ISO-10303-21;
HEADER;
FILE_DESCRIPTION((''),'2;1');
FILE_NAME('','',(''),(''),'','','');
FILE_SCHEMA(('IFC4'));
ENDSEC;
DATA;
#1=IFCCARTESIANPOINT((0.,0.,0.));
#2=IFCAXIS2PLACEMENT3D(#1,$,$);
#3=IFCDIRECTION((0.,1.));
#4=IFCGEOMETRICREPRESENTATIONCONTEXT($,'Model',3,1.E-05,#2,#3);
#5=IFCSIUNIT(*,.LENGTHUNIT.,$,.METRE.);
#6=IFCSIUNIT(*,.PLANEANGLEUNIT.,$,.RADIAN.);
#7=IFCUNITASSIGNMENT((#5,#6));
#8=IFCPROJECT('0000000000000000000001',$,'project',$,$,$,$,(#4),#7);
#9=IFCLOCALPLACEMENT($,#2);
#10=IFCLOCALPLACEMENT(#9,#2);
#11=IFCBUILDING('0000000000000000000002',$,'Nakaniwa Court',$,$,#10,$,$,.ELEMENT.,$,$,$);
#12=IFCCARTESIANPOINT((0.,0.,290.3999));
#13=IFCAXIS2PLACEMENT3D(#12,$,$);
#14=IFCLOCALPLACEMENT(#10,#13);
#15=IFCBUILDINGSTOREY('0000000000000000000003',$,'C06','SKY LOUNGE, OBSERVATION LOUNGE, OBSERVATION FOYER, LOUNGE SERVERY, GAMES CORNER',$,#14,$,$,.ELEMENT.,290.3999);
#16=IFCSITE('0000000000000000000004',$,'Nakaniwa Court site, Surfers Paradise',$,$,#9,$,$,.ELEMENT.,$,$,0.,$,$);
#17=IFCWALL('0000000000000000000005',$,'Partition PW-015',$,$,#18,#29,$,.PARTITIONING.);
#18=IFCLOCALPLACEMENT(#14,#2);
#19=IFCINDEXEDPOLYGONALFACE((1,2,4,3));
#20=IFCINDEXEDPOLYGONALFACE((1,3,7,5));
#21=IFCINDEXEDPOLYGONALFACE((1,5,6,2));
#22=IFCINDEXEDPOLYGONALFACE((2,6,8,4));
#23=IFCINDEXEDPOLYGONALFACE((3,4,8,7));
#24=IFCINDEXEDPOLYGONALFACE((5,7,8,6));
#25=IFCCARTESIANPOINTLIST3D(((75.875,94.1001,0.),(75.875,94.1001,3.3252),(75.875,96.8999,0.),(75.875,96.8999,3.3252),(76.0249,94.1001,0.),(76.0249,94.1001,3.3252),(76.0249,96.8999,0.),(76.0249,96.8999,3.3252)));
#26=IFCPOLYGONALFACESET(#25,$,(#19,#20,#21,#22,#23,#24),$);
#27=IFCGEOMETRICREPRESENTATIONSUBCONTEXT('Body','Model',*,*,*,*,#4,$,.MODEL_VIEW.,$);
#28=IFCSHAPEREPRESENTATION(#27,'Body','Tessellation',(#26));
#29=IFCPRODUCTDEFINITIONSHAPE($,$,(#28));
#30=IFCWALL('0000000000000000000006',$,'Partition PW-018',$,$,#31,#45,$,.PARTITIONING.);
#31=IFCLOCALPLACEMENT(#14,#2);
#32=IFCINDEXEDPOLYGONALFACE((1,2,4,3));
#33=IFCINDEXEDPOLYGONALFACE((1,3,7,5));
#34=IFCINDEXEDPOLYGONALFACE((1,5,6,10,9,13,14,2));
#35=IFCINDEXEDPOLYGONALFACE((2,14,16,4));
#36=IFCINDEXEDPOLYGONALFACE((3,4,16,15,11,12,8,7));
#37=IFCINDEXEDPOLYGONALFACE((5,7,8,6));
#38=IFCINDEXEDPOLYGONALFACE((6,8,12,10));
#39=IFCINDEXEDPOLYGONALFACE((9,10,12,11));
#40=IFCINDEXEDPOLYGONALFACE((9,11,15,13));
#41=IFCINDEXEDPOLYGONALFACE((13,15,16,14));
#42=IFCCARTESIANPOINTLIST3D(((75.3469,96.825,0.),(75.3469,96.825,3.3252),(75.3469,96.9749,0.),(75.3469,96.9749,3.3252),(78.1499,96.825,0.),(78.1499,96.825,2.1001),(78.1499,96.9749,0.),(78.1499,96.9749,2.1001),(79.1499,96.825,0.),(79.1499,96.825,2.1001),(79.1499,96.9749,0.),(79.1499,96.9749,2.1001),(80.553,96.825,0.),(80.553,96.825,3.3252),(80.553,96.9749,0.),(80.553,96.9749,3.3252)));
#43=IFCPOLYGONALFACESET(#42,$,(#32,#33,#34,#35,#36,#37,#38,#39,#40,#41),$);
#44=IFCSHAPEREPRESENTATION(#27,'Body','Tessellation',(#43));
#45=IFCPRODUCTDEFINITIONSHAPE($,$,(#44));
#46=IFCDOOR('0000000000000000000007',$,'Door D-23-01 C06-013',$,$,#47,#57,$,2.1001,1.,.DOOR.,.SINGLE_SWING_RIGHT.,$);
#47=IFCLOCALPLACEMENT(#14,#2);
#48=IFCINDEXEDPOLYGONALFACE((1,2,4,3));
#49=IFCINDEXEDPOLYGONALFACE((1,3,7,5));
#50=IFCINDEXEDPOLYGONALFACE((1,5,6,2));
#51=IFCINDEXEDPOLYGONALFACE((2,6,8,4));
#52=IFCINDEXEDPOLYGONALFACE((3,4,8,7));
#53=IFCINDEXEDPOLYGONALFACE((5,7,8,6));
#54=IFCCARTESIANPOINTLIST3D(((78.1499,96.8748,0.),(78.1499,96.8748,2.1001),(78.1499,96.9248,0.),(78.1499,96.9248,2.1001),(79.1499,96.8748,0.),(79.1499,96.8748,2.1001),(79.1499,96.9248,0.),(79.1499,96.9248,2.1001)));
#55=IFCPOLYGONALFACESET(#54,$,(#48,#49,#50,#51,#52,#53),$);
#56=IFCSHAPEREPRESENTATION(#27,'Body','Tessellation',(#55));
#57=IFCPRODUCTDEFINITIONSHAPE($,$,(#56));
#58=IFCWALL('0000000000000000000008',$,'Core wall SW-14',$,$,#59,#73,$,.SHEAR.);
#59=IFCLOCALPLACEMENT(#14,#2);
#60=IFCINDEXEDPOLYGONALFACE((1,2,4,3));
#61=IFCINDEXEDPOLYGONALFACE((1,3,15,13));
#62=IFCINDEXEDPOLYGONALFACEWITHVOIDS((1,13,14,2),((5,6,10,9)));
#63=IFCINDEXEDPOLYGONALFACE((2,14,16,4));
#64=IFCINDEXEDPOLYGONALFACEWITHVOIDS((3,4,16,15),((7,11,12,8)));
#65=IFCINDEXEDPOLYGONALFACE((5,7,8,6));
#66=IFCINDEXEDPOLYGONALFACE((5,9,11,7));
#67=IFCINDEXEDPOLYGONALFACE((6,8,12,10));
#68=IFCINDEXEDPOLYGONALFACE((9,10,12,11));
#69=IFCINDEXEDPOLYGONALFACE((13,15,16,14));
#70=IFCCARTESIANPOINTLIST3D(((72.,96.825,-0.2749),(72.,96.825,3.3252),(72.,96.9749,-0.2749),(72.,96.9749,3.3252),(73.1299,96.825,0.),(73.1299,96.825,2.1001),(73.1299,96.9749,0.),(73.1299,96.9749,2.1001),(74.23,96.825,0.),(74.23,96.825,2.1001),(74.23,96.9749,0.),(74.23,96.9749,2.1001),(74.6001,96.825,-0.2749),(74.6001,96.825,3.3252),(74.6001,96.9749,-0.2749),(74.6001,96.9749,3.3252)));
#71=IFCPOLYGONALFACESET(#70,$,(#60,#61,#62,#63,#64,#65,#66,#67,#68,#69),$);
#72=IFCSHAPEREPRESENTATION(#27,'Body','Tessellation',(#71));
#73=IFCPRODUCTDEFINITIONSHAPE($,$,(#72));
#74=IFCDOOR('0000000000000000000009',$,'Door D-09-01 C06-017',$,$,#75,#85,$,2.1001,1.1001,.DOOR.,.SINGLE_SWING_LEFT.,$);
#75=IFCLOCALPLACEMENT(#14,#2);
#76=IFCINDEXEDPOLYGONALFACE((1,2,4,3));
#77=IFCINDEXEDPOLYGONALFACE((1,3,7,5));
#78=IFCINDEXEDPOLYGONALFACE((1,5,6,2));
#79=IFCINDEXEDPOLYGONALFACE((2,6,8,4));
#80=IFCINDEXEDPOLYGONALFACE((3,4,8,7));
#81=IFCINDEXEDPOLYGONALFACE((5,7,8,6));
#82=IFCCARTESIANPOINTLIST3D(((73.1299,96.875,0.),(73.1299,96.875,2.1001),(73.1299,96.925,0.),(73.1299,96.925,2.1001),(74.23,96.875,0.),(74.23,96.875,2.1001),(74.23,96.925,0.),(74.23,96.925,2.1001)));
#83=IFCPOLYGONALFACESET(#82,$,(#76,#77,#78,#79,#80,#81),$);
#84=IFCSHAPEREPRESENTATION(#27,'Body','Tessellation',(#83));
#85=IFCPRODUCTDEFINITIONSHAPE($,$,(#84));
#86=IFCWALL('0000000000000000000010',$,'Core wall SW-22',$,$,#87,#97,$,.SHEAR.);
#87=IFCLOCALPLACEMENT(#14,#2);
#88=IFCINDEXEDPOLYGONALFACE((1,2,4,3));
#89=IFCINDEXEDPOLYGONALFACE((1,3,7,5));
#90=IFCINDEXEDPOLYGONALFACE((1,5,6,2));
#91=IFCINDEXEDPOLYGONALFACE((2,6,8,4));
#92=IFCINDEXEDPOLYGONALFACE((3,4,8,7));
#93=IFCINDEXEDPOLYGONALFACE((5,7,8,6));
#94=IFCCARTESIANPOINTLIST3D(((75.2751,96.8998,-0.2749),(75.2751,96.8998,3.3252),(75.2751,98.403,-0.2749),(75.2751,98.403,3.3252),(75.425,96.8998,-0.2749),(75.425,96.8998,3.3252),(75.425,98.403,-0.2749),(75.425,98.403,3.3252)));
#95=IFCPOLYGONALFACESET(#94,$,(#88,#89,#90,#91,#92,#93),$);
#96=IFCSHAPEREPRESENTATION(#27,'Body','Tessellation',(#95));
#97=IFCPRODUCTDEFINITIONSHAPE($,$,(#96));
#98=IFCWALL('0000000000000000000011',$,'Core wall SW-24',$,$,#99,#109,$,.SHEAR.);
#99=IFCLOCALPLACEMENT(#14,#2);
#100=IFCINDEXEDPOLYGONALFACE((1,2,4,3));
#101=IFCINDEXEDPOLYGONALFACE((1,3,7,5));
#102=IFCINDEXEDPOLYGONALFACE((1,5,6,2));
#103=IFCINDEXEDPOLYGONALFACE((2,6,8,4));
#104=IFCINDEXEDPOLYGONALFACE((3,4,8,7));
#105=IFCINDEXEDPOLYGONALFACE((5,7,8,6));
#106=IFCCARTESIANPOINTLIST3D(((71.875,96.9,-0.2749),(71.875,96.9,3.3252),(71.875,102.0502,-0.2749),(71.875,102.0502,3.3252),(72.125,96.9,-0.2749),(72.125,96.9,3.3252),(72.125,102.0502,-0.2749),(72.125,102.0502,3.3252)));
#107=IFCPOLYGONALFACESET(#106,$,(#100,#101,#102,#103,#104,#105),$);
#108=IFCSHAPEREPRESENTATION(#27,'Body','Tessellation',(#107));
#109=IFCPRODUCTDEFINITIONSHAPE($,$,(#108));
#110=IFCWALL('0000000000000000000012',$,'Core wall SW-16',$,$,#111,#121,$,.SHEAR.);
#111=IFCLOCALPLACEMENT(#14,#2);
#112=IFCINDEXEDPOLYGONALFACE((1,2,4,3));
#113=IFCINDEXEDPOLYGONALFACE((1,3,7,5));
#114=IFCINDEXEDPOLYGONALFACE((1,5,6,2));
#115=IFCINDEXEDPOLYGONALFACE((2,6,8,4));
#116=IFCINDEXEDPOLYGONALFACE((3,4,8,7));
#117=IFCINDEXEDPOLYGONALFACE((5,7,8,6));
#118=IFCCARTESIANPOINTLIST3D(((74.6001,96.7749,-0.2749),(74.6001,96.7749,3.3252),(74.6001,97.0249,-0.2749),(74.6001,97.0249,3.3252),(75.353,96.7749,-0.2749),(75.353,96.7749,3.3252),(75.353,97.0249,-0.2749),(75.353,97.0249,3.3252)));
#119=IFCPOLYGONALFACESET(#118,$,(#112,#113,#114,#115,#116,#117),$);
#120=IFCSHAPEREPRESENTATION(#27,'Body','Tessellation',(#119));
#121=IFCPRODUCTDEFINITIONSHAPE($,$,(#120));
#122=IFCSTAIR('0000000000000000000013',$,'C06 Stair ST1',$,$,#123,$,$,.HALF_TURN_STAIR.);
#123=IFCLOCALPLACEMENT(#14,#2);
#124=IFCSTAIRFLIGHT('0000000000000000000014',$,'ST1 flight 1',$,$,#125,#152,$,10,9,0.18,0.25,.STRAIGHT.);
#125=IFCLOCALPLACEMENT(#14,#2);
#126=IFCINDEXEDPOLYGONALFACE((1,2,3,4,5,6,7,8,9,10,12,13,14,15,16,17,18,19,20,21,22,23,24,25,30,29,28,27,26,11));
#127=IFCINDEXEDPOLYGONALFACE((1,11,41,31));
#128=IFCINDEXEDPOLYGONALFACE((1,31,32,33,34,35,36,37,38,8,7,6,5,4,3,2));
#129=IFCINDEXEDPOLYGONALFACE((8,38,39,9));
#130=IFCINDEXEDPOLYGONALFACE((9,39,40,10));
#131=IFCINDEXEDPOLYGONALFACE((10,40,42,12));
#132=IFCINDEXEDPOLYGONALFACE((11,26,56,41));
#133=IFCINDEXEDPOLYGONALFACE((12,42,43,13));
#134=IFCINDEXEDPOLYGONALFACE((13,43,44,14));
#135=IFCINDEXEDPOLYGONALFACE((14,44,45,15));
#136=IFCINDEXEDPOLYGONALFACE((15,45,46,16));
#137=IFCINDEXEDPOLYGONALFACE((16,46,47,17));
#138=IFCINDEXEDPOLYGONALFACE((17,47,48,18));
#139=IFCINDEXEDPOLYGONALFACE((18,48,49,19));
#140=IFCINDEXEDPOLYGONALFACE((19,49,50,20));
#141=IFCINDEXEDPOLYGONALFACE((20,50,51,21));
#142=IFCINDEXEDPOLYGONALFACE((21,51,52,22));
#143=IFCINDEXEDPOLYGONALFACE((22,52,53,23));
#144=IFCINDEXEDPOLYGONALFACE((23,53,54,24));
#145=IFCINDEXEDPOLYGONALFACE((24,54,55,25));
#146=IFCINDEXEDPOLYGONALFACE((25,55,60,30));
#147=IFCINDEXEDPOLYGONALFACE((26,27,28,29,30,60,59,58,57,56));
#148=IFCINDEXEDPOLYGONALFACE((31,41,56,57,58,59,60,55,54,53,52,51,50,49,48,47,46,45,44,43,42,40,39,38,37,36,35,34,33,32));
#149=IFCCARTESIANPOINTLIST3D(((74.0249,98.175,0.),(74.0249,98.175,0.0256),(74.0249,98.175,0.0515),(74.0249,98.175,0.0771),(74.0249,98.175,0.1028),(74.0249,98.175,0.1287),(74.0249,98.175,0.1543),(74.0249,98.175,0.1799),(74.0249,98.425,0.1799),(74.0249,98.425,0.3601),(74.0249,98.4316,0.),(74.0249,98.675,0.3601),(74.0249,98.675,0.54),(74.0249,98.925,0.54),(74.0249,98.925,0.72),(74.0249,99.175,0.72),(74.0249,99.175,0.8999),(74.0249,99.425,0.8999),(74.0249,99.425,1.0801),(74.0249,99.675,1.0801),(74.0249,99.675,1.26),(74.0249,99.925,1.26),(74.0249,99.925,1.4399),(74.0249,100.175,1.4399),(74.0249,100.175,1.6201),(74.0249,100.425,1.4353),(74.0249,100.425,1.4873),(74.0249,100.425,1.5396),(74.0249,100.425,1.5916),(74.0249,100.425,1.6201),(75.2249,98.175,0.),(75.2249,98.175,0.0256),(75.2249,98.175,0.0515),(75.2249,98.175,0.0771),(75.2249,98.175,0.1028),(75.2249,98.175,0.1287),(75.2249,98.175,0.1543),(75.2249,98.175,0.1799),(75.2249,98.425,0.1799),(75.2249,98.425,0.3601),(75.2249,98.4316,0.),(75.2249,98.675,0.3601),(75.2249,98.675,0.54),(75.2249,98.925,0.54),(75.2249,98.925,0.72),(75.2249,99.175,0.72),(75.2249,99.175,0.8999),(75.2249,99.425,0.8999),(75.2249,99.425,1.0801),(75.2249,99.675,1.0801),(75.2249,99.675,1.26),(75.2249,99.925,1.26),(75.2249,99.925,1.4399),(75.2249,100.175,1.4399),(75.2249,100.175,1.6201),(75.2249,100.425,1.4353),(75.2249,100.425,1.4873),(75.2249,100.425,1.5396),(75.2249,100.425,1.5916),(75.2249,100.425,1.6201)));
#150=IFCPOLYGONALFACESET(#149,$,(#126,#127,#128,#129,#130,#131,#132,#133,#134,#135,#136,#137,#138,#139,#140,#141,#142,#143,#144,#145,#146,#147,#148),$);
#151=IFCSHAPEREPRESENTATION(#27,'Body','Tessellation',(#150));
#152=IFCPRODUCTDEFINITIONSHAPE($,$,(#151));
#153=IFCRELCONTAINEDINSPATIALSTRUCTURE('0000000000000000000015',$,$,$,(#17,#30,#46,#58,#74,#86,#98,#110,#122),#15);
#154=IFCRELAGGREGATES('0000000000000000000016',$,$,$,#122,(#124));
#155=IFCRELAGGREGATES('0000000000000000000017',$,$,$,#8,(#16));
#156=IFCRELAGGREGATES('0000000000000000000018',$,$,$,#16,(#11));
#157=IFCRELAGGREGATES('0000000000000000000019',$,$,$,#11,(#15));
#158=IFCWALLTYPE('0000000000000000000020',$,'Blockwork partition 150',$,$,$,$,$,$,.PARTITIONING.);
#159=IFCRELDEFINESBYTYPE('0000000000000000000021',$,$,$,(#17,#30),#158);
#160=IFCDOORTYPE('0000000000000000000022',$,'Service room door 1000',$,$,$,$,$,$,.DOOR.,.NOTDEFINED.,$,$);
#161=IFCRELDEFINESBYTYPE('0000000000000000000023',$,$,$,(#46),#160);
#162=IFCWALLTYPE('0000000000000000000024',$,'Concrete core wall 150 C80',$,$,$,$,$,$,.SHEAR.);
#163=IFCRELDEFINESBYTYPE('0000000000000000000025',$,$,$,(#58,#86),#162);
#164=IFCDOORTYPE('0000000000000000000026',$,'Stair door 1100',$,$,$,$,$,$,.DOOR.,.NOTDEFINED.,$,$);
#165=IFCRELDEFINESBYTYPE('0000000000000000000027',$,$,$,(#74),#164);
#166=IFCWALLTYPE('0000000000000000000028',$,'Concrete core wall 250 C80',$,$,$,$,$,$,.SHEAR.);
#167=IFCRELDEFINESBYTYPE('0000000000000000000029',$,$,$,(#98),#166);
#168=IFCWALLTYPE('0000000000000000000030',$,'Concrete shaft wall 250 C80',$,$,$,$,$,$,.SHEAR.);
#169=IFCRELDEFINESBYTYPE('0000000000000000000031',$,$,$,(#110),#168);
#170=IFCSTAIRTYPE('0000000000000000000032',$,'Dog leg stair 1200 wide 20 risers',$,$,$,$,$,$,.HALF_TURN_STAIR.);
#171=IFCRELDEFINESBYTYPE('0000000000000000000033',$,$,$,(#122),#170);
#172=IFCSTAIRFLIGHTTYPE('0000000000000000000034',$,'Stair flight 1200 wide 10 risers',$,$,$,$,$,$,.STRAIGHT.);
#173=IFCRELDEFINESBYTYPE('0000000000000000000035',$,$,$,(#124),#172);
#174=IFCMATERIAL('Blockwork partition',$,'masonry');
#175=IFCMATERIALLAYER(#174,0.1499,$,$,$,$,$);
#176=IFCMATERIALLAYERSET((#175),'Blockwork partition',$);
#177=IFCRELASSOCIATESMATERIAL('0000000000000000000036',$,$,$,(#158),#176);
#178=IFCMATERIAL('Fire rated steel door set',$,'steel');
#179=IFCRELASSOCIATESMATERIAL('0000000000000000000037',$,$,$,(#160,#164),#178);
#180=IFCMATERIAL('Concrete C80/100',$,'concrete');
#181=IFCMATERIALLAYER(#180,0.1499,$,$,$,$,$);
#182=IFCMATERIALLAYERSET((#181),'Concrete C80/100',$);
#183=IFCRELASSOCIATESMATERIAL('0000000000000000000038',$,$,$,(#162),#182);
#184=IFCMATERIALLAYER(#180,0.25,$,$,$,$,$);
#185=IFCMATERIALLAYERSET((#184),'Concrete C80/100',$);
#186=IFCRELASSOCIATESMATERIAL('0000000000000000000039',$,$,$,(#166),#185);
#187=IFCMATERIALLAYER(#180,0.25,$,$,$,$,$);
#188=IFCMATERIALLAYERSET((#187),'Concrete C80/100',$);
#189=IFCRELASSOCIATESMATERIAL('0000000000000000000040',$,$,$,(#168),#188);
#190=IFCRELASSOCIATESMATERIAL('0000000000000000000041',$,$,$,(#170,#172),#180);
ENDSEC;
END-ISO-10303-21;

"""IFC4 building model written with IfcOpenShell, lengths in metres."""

from ifc_helpers import new_model, si_unit, direction, frame, frame_2d, origin, place, context, subcontext, project, spatial, polyline, rectangle, outline, extrude, material, layer, layer_set, type_object, element, fill, aggregate, save


model = new_model("IFC4")

# Units and contexts
model_context = context("Model", 3, precision=1e-05, world=origin(), true_north=direction((0.0, 1.0)))
body_context = subcontext(model_context, "Body", "Model", "MODEL_VIEW")
ifc_project = project(units=[si_unit("LENGTHUNIT", "METRE"), si_unit("PLANEANGLEUNIT", "RADIAN")], contexts=[model_context])

# Site, building, storey
site_placement = place(None, origin())
site = spatial("IfcSite", under=ifc_project, at=site_placement, Name="Nakaniwa Court site, Surfers Paradise", CompositionType="ELEMENT", RefElevation=0.0)
building_placement = place(site_placement, origin())
building = spatial("IfcBuilding", under=site, at=building_placement, Name="Nakaniwa Court", CompositionType="ELEMENT")
storey_placement = place(building_placement, frame((0.0, 0.0, 290.3999)))
storey = spatial("IfcBuildingStorey", under=building, at=storey_placement, Name="C06", Description="SKY LOUNGE, OBSERVATION LOUNGE, OBSERVATION FOYER, LOUNGE SERVERY, GAMES CORNER", CompositionType="ELEMENT", Elevation=290.3999)

# Shared definitions
ifc_material_1 = material(Name="Concrete C80/100", Category="concrete")

# Shared definitions
ifc_material_2 = material(Name="Blockwork partition", Category="masonry")
ifc_layer_1 = layer(ifc_material_2, 0.1499)
ifc_layer_set_1 = layer_set([ifc_layer_1], Name="Blockwork partition")
wall_type_1 = type_object("IfcWallType", Name="Blockwork partition 150", PredefinedType="PARTITIONING", material=ifc_layer_set_1)
ifc_material_3 = material(Name="Fire rated steel door set", Category="steel")

# Wall
wall_1_placement = place(storey_placement, frame((75.95, 94.1001, 0.0), z_axis=(0.0, 0.0, 1.0), x_axis=(0.0, 1.0, 0.0)))
element("IfcWall", 1, at=wall_1_placement, inside=storey, type_object=wall_type_1, Name="Partition PW-015", PredefinedType="PARTITIONING", context=body_context, shape_type="SweptSolid", body=[
    extrude(rectangle(XDim=2.7998, YDim=0.1499, at=frame_2d((1.3999, 0.0))), origin(), (0.0, 0.0, 1.0), 3.3252),
])

# Walls, openings, doors
wall_2_placement = place(storey_placement, frame((75.3469, 96.8999, 0.0), z_axis=(0.0, 0.0, 1.0), x_axis=(1.0, 0.0, 0.0)))
wall_2 = element("IfcWall", 2, at=wall_2_placement, inside=storey, type_object=wall_type_1, Name="Partition PW-018", PredefinedType="PARTITIONING", context=body_context, shape_type="SweptSolid", body=[
    extrude(rectangle(XDim=5.2061, YDim=0.1499, at=frame_2d((2.603, 0.0))), origin(), (0.0, 0.0, 1.0), 3.3252),
])
opening_1_placement = place(wall_2_placement, frame((2.803, 0.0, 0.0)))
opening_1 = element("IfcOpeningElement", 3, at=opening_1_placement, cuts=wall_2, PredefinedType="OPENING", context=body_context, shape_type="SweptSolid", body=[
    extrude(rectangle(XDim=1.0, YDim=2.1001, at=frame_2d((0.5, 1.05))), frame((0.0, 0.085, 0.0), z_axis=(0.0, -1.0, 0.0), x_axis=(1.0, 0.0, 0.0)), (0.0, 0.0, 1.0), 0.1699),
])
door_type_1 = type_object("IfcDoorType", Name="Service room door 1000", OperationType="NOTDEFINED", PredefinedType="DOOR", material=ifc_material_3)
door_1_placement = place(opening_1_placement, origin())
door_1 = element("IfcDoor", 4, at=door_1_placement, inside=storey, type_object=door_type_1, Name="Door D-23-01 C06-013", OperationType="SINGLE_SWING_RIGHT", OverallHeight=2.1001, OverallWidth=1.0, PredefinedType="DOOR", context=body_context, shape_type="SweptSolid", body=[
    extrude(rectangle(XDim=1.0, YDim=2.1001, at=frame_2d((0.5, 1.05))), frame((0.0, 0.0249, 0.0), z_axis=(0.0, -1.0, 0.0), x_axis=(1.0, 0.0, 0.0)), (0.0, 0.0, 1.0), 0.05),
])
fill(opening_1, door_1)
ifc_layer_2 = layer(ifc_material_1, 0.1499)
ifc_layer_set_2 = layer_set([ifc_layer_2], Name="Concrete C80/100")
wall_type_2 = type_object("IfcWallType", Name="Concrete core wall 150 C80", PredefinedType="SHEAR", material=ifc_layer_set_2)
wall_3_placement = place(storey_placement, frame((74.6001, 96.8999, -0.2749), z_axis=(0.0, 0.0, 1.0), x_axis=(-1.0, 0.0, 0.0)))
wall_3 = element("IfcWall", 5, at=wall_3_placement, inside=storey, type_object=wall_type_2, Name="Core wall SW-14", PredefinedType="SHEAR", context=body_context, shape_type="SweptSolid", body=[
    extrude(rectangle(XDim=2.6001, YDim=0.1499, at=frame_2d((1.3, 0.0))), origin(), (0.0, 0.0, 1.0), 3.6001),
])
opening_2_placement = place(wall_3_placement, frame((0.3701, 0.0, 0.2749)))
opening_2 = element("IfcOpeningElement", 6, at=opening_2_placement, cuts=wall_3, PredefinedType="OPENING", context=body_context, shape_type="SweptSolid", body=[
    extrude(rectangle(XDim=1.1001, YDim=2.1001, at=frame_2d((0.55, 1.05))), frame((0.0, 0.085, 0.0), z_axis=(0.0, -1.0, 0.0), x_axis=(1.0, 0.0, 0.0)), (0.0, 0.0, 1.0), 0.1699),
])
door_type_2 = type_object("IfcDoorType", Name="Stair door 1100", OperationType="NOTDEFINED", PredefinedType="DOOR", material=ifc_material_3)
door_2_placement = place(opening_2_placement, origin())
door_2 = element("IfcDoor", 7, at=door_2_placement, inside=storey, type_object=door_type_2, Name="Door D-09-01 C06-017", OperationType="SINGLE_SWING_LEFT", OverallHeight=2.1001, OverallWidth=1.1001, PredefinedType="DOOR", context=body_context, shape_type="SweptSolid", body=[
    extrude(rectangle(XDim=1.1001, YDim=2.1001, at=frame_2d((0.55, 1.05))), frame((0.0, 0.0249, 0.0), z_axis=(0.0, -1.0, 0.0), x_axis=(1.0, 0.0, 0.0)), (0.0, 0.0, 1.0), 0.05),
])
fill(opening_2, door_2)

# Walls
wall_4_placement = place(storey_placement, frame((75.3501, 96.8999, -0.2749), z_axis=(0.0, 0.0, 1.0), x_axis=(0.0, 1.0, 0.0)))
element("IfcWall", 8, at=wall_4_placement, inside=storey, type_object=wall_type_2, Name="Core wall SW-22", PredefinedType="SHEAR", context=body_context, shape_type="SweptSolid", body=[
    extrude(rectangle(XDim=1.5032, YDim=0.1499, at=frame_2d((0.7515, 0.0))), origin(), (0.0, 0.0, 1.0), 3.6001),
])
ifc_layer_3 = layer(ifc_material_1, 0.25)
ifc_layer_set_3 = layer_set([ifc_layer_3], Name="Concrete C80/100")
wall_type_3 = type_object("IfcWallType", Name="Concrete core wall 250 C80", PredefinedType="SHEAR", material=ifc_layer_set_3)
wall_5_placement = place(storey_placement, frame((72.0, 96.8999, -0.2749), z_axis=(0.0, 0.0, 1.0), x_axis=(0.0, 1.0, 0.0)))
element("IfcWall", 9, at=wall_5_placement, inside=storey, type_object=wall_type_3, Name="Core wall SW-24", PredefinedType="SHEAR", context=body_context, shape_type="SweptSolid", body=[
    extrude(rectangle(XDim=5.1501, YDim=0.25, at=frame_2d((2.5752, 0.0))), origin(), (0.0, 0.0, 1.0), 3.6001),
])
ifc_layer_4 = layer(ifc_material_1, 0.25)
ifc_layer_set_4 = layer_set([ifc_layer_4], Name="Concrete C80/100")
wall_type_4 = type_object("IfcWallType", Name="Concrete shaft wall 250 C80", PredefinedType="SHEAR", material=ifc_layer_set_4)
wall_6_placement = place(storey_placement, frame((74.6001, 96.8999, -0.2749), z_axis=(0.0, 0.0, 1.0), x_axis=(1.0, 0.0, 0.0)))
element("IfcWall", 10, at=wall_6_placement, inside=storey, type_object=wall_type_4, Name="Core wall SW-16", PredefinedType="SHEAR", context=body_context, shape_type="SweptSolid", body=[
    extrude(rectangle(XDim=0.7529, YDim=0.25, at=frame_2d((0.3765, 0.0))), origin(), (0.0, 0.0, 1.0), 3.6001),
])

# Stair, stair flight
stair_type = type_object("IfcStairType", Name="Dog leg stair 1200 wide 20 risers", PredefinedType="HALF_TURN_STAIR", material=ifc_material_1)
stair_placement = place(storey_placement, origin())
stair = element("IfcStair", 11, at=stair_placement, inside=storey, type_object=stair_type, Name="C06 Stair ST1", PredefinedType="HALF_TURN_STAIR")
stair_flight_type = type_object("IfcStairFlightType", Name="Stair flight 1200 wide 10 risers", PredefinedType="STRAIGHT", material=ifc_material_1)
stair_flight_placement = place(storey_placement, frame((74.625, 98.175, 0.0), z_axis=(0.0, 0.0, 1.0), x_axis=(0.0, 1.0, 0.0)))
stair_flight = element("IfcStairFlight", 12, at=stair_flight_placement, type_object=stair_flight_type, Name="ST1 flight 1", NumberOfRisers=10, NumberOfTreads=9, PredefinedType="STRAIGHT", RiserHeight=0.18, TreadLength=0.25, context=body_context, shape_type="SweptSolid", body=[
    extrude(outline(polyline([(0.0, 0.0), (0.0, 0.0256), (0.0, 0.0515), (0.0, 0.0771), (0.0, 0.1028), (0.0, 0.1287), (0.0, 0.1543), (0.0, 0.1799), (0.25, 0.1799), (0.25, 0.3601), (0.5, 0.3601), (0.5, 0.54), (0.75, 0.54), (0.75, 0.72), (1.0, 0.72), (1.0, 0.8999), (1.25, 0.8999), (1.25, 1.0801), (1.5, 1.0801), (1.5, 1.26), (1.75, 1.26), (1.75, 1.4399), (2.0, 1.4399), (2.0, 1.6201), (2.25, 1.6201), (2.25, 1.8), (2.25, 1.7478), (2.25, 1.6958), (2.25, 1.6438), (2.25, 1.5916), (2.25, 1.5396), (2.25, 1.4873), (2.25, 1.4353), (0.2566, 0.0), (0.0, 0.0)])), frame((0.0, 0.6001, 0.0), z_axis=(0.0, -1.0, 0.0), x_axis=(1.0, 0.0, 0.0)), (0.0, 0.0, 1.0), 1.2),
])
aggregate(stair, [stair_flight])

save(model, "model.ifc")
